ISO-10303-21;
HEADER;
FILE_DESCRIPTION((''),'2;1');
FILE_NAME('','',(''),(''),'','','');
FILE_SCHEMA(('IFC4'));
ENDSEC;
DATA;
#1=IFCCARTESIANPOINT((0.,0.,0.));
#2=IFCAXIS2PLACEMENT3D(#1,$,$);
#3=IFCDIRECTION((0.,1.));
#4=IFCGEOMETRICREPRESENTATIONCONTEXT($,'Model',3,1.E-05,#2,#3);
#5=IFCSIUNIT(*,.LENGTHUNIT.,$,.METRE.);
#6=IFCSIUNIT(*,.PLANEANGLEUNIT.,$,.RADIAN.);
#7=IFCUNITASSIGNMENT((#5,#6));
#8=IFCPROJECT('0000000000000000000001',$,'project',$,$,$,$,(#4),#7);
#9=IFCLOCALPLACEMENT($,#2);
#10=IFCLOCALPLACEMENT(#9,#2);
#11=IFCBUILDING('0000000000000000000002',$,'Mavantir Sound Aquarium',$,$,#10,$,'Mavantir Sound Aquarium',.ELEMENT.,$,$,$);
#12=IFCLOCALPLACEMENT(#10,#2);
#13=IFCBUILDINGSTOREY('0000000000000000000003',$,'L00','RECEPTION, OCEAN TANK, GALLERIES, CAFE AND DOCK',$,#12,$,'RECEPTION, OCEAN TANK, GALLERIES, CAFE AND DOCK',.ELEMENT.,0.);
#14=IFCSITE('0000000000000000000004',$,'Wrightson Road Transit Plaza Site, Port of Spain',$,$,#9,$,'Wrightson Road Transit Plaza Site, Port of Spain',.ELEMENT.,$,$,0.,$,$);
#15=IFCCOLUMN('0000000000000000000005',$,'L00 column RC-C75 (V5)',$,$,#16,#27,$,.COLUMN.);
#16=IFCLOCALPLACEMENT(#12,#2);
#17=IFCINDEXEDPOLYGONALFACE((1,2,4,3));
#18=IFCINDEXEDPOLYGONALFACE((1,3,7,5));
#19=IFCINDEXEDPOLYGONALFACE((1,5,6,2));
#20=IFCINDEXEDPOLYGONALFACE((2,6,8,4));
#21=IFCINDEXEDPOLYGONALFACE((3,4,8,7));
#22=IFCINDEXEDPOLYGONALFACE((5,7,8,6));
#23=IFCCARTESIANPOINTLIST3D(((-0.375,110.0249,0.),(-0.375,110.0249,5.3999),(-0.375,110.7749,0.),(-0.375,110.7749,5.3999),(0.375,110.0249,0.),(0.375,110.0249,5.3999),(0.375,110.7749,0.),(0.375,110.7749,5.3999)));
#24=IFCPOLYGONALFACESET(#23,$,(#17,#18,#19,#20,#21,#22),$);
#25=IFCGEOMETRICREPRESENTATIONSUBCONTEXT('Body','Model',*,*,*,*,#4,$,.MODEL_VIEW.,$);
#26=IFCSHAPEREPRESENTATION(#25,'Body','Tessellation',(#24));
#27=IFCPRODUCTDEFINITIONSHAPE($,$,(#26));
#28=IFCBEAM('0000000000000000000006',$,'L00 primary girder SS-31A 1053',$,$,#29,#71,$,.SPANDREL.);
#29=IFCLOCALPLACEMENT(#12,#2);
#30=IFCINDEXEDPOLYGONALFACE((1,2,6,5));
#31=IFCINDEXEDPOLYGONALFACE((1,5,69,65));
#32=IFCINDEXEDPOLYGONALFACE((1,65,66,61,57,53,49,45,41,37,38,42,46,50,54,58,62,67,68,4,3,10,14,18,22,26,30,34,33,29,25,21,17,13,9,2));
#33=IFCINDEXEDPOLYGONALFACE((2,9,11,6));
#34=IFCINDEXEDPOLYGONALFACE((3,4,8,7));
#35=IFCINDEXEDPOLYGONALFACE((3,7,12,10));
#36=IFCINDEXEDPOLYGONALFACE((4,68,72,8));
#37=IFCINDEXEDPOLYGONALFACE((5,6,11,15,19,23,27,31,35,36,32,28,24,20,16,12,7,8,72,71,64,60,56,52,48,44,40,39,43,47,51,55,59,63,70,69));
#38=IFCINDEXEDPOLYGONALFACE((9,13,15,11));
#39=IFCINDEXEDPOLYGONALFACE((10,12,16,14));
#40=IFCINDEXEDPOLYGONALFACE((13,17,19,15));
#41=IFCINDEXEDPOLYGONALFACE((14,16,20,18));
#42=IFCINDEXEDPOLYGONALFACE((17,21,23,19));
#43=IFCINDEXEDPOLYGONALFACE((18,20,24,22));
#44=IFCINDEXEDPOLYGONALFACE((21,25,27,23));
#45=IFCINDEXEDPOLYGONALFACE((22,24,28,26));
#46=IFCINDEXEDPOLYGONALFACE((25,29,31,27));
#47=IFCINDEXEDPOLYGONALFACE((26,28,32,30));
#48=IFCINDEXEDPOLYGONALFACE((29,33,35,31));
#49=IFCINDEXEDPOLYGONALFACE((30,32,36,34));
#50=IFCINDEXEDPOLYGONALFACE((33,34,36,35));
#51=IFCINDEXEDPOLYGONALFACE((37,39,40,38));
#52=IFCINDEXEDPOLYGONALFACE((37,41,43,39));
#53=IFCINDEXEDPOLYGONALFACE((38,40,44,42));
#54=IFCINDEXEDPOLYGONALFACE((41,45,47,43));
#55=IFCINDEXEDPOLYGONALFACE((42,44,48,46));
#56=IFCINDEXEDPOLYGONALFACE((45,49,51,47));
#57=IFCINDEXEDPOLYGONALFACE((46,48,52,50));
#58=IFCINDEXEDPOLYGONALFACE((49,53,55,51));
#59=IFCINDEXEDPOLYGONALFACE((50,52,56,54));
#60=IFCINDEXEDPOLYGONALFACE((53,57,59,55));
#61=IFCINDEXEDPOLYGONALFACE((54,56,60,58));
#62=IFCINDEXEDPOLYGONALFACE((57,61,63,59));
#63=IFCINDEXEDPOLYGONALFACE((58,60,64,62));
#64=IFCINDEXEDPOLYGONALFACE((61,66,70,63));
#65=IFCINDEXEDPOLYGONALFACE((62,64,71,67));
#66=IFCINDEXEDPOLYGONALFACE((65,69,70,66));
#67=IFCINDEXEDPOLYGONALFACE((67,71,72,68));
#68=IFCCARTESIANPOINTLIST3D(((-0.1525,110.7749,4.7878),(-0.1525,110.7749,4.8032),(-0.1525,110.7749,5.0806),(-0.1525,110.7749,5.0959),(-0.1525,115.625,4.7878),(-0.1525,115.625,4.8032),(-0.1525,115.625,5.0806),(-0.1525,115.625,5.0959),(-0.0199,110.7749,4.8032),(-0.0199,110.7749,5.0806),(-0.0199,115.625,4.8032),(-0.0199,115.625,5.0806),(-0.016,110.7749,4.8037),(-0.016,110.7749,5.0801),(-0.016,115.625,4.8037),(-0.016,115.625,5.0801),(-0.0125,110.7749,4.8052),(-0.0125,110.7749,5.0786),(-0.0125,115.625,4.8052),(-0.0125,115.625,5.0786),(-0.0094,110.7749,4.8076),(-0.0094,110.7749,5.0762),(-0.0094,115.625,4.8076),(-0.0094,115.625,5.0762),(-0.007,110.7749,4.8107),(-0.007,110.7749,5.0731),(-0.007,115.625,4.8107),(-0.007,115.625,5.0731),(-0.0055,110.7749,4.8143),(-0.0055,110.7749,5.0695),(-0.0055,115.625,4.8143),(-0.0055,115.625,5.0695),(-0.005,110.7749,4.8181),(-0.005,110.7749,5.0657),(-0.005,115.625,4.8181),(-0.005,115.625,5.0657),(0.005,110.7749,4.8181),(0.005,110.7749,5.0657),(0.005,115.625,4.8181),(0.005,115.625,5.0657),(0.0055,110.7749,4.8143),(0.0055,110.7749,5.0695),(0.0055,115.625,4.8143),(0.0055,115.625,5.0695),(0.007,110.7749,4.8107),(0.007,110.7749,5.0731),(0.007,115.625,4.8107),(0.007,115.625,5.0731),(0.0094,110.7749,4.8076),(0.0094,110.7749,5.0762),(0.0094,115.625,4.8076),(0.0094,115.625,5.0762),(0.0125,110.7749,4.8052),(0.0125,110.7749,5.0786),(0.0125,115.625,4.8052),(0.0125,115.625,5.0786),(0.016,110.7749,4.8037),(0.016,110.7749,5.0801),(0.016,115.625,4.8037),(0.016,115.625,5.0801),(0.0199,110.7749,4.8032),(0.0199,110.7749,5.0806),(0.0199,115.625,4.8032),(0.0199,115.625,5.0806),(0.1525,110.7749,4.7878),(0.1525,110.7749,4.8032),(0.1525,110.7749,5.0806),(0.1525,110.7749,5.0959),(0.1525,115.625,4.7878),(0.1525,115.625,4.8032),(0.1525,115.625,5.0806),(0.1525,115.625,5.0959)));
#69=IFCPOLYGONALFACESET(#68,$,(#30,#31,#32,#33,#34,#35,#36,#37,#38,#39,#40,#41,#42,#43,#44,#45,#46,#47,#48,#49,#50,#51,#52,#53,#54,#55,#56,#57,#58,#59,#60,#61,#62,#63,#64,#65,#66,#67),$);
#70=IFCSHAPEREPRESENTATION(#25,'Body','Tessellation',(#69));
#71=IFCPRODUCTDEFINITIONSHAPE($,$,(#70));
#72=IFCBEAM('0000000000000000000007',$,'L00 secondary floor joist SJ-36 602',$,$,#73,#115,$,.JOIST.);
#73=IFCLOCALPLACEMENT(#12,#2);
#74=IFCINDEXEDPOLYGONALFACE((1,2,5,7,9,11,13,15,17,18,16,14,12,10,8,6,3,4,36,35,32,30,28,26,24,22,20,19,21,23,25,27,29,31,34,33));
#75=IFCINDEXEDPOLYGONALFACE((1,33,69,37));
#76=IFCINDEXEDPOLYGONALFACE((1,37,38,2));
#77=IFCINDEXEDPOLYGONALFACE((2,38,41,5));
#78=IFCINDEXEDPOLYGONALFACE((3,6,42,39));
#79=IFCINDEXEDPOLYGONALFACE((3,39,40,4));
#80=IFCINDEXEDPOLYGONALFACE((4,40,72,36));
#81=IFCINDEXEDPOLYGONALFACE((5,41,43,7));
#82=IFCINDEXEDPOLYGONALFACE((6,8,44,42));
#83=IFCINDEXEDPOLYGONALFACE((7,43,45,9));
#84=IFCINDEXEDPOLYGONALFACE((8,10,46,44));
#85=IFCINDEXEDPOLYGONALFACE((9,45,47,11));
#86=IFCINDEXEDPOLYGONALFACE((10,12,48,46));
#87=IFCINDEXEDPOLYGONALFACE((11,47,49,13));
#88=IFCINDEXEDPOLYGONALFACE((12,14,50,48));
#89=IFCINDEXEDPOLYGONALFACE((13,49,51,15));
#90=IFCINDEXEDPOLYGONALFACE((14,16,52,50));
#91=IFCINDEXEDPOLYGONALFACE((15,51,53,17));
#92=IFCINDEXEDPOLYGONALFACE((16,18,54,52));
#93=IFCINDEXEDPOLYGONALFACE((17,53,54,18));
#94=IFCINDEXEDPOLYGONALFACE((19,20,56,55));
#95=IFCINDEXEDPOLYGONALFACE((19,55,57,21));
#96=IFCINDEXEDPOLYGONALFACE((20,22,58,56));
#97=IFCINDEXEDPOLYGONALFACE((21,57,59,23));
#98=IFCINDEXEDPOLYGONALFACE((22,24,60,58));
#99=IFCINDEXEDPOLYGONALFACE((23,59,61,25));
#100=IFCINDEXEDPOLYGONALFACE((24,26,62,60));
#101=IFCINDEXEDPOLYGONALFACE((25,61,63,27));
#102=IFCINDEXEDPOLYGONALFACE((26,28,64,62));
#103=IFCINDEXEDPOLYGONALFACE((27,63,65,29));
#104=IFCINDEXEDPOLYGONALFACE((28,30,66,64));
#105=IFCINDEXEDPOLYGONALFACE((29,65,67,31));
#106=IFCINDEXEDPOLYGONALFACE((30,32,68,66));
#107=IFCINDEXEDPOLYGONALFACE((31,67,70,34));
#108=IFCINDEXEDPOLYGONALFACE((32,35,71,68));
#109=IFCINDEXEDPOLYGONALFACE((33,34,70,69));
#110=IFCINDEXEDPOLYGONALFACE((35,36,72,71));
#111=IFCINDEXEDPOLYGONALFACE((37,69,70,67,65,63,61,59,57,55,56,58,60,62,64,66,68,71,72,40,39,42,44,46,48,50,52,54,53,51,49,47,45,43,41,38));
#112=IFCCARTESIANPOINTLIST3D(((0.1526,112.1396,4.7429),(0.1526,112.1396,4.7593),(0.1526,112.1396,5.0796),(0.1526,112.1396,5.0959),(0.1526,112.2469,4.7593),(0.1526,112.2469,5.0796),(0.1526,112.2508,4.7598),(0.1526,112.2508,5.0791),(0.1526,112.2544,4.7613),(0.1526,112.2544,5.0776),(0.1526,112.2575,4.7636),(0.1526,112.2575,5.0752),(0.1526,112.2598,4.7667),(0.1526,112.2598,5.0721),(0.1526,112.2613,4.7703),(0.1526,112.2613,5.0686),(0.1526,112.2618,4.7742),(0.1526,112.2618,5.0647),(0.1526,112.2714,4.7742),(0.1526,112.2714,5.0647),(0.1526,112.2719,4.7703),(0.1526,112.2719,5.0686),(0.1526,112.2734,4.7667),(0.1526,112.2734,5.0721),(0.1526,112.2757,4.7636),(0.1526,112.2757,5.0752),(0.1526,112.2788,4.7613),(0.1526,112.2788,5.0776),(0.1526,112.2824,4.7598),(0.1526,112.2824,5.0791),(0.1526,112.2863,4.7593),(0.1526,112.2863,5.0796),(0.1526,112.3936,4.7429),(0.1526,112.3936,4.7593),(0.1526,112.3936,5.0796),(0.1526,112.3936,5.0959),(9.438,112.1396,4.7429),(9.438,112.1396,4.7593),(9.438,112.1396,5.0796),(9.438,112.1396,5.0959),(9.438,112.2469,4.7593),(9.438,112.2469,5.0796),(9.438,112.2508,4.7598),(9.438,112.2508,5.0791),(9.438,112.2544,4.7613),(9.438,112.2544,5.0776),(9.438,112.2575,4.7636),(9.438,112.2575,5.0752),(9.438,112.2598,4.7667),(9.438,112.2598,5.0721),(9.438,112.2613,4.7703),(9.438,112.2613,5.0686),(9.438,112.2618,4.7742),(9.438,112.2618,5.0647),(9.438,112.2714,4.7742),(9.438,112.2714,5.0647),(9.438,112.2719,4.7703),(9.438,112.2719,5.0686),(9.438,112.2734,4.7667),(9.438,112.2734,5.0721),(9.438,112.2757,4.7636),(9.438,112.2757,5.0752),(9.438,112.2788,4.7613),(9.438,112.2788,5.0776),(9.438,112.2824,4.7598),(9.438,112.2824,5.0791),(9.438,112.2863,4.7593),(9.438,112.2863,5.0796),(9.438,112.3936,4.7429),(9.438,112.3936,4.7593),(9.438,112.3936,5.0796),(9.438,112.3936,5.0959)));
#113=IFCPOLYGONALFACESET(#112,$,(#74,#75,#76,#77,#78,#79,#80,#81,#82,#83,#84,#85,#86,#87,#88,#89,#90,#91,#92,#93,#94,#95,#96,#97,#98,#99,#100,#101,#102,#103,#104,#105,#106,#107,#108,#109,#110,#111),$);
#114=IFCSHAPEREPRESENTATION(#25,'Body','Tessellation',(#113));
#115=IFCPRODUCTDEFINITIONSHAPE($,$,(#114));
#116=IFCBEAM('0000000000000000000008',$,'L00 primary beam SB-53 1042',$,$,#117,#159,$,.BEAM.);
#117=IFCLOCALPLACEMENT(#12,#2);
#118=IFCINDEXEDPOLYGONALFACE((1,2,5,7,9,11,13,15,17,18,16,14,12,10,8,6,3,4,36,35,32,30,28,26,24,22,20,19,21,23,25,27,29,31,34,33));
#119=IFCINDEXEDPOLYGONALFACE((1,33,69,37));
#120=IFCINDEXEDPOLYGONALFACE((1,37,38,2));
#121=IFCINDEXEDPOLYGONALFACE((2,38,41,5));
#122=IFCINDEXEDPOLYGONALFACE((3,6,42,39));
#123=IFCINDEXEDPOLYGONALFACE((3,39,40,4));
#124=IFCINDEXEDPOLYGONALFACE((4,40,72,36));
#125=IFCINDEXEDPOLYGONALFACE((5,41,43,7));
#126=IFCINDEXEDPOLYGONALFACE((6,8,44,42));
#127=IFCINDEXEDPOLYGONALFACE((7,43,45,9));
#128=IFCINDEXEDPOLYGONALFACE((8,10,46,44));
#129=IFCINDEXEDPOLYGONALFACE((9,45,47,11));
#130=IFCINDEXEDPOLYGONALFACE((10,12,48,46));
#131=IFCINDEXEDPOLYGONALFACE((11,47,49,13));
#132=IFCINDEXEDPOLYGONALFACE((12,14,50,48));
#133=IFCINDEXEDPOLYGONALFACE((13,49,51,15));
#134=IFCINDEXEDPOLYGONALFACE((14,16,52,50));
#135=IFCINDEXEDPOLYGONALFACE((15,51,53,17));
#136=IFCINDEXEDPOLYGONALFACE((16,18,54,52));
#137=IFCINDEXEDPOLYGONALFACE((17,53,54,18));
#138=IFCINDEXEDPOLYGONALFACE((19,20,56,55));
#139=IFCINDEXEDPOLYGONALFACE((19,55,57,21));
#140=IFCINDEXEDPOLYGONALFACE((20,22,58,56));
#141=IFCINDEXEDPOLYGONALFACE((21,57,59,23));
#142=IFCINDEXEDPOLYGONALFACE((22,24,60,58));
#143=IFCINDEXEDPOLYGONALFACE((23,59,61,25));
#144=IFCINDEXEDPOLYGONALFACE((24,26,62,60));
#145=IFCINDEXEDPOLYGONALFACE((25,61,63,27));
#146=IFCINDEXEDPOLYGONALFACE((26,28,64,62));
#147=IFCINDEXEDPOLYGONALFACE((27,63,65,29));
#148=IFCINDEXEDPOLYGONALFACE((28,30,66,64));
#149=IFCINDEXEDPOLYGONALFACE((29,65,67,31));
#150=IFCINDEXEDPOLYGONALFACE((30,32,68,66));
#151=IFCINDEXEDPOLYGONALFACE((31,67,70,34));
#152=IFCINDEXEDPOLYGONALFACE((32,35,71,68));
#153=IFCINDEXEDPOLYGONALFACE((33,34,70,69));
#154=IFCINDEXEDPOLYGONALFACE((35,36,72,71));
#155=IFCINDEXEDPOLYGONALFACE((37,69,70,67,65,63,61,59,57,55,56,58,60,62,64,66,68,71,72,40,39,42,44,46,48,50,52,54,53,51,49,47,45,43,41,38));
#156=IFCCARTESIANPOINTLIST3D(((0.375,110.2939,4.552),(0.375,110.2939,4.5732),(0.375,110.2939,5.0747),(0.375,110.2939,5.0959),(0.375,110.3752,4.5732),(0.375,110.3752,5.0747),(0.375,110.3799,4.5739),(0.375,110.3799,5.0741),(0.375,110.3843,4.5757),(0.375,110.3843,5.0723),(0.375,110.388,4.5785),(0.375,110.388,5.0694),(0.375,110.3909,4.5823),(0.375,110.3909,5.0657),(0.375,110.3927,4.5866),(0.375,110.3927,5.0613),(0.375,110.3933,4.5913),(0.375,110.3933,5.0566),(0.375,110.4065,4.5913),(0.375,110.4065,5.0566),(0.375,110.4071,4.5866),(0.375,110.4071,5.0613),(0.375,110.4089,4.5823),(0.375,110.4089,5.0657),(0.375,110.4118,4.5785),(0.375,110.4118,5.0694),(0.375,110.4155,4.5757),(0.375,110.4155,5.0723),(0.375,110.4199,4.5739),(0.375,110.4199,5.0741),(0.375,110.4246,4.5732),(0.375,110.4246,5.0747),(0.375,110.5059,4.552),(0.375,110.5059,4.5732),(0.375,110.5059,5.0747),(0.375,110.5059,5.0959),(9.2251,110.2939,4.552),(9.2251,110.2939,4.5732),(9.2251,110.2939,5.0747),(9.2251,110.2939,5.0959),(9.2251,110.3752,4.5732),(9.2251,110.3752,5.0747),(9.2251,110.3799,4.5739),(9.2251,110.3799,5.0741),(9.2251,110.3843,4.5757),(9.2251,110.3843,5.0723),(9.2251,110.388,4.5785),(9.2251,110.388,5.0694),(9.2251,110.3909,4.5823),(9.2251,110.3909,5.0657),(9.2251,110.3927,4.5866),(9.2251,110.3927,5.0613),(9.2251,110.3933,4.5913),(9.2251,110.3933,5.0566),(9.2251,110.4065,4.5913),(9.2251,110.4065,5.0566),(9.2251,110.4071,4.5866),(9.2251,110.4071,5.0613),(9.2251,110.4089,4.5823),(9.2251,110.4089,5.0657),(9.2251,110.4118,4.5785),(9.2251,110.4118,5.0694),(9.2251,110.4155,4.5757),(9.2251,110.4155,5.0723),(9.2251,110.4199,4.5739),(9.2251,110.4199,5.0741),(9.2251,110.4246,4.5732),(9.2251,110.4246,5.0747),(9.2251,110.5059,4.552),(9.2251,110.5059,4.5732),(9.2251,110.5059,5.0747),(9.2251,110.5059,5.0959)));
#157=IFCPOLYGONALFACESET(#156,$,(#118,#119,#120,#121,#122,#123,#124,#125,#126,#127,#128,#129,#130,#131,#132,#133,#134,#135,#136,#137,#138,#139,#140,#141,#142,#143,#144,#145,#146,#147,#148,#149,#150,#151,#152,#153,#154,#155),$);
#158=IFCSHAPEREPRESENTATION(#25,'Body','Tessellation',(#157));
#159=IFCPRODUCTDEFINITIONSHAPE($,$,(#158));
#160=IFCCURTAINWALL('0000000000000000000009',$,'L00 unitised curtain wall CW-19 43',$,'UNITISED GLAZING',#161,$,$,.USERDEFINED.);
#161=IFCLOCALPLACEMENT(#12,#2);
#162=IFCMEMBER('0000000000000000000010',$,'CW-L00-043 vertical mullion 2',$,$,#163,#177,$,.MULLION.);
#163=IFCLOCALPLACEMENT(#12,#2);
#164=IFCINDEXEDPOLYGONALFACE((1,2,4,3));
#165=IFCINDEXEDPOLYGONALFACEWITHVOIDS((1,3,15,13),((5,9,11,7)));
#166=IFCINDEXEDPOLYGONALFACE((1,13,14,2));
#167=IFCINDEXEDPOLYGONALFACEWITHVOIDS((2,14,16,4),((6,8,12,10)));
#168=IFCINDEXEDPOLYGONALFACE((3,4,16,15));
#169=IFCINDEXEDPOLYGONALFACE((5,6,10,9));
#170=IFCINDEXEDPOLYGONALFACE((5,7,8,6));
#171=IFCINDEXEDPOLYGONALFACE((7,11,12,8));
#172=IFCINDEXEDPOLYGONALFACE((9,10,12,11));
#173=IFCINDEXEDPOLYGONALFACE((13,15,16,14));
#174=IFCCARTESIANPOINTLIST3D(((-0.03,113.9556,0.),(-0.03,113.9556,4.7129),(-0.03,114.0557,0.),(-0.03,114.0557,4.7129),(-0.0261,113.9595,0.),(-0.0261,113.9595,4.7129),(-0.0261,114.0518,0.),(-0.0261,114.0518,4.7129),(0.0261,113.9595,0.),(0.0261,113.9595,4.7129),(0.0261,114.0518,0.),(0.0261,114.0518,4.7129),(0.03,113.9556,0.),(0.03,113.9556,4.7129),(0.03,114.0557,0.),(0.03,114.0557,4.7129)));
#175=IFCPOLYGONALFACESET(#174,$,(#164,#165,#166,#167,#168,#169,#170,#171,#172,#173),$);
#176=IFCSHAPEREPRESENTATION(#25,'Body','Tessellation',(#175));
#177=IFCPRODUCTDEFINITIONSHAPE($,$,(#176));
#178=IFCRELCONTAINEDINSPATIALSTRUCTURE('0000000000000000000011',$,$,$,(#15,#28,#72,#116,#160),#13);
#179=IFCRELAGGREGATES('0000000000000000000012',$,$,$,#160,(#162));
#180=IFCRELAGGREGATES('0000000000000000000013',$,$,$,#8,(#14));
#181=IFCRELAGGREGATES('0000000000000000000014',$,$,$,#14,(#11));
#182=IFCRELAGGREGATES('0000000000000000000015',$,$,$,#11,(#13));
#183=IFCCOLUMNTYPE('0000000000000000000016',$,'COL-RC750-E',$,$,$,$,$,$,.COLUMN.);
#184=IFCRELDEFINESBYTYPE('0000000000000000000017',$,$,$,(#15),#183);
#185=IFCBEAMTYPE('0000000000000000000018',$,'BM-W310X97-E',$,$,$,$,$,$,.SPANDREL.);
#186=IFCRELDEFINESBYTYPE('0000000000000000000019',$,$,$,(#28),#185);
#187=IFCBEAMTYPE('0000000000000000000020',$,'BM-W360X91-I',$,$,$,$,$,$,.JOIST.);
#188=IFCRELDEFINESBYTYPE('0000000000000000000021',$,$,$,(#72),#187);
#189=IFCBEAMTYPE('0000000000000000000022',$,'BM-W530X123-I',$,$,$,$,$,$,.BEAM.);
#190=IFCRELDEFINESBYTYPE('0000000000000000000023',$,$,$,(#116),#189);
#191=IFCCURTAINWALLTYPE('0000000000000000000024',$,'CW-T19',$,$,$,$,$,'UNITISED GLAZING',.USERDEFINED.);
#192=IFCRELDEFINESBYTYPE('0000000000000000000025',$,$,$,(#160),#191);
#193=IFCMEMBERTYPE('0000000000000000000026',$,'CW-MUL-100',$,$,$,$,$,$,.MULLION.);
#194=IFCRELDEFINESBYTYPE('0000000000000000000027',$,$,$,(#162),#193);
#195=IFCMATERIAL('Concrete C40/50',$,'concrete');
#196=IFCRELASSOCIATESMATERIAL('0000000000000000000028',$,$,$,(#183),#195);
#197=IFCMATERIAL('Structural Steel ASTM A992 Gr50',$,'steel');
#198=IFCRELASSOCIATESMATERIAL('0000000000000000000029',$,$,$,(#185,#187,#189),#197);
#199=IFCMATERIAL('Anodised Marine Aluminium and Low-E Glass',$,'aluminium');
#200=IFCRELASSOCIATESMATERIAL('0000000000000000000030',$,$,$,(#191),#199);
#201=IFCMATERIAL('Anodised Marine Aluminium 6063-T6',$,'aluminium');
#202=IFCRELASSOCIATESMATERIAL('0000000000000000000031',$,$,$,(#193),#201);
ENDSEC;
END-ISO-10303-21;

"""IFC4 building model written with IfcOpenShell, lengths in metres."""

from ifc_helpers import new_model, si_unit, direction, frame, origin, origin_2d, place, context, subcontext, project, spatial, rectangle, hollow_rectangle, i_section, extrude, material, material_profile, profile_set, type_object, element, aggregate, save


model = new_model("IFC4")

# Units and contexts
model_context = context("Model", 3, precision=1e-05, world=origin(), true_north=direction((0.0, 1.0)))
body_context = subcontext(model_context, "Body", "Model", "MODEL_VIEW")
ifc_project = project(units=[si_unit("LENGTHUNIT", "METRE"), si_unit("PLANEANGLEUNIT", "RADIAN")], contexts=[model_context])

# Site, building, storey
site_placement = place(None, origin())
site = spatial("IfcSite", under=ifc_project, at=site_placement, Name="Wrightson Road Transit Plaza Site, Port of Spain", LongName="Wrightson Road Transit Plaza Site, Port of Spain", CompositionType="ELEMENT", RefElevation=0.0)
building_placement = place(site_placement, origin())
building = spatial("IfcBuilding", under=site, at=building_placement, Name="Mavantir Sound Aquarium", LongName="Mavantir Sound Aquarium", CompositionType="ELEMENT")
storey_placement = place(building_placement, origin())
storey = spatial("IfcBuildingStorey", under=building, at=storey_placement, Name="L00", Description="RECEPTION, OCEAN TANK, GALLERIES, CAFE AND DOCK", LongName="RECEPTION, OCEAN TANK, GALLERIES, CAFE AND DOCK", CompositionType="ELEMENT", Elevation=0.0)

# Column
ifc_material_1 = material(Name="Concrete C40/50", Category="concrete")
ifc_material_profile_1 = material_profile(ifc_material_1, rectangle(XDim=0.75, YDim=0.75, at=origin_2d()), Name="RC 750X750")
ifc_profile_set_1 = profile_set([ifc_material_profile_1], Name="Concrete C40/50")
column_type = type_object("IfcColumnType", Name="COL-RC750-E", PredefinedType="COLUMN", material=ifc_profile_set_1)
column_placement = place(storey_placement, frame((0.0, 110.3999, 0.0), z_axis=(0.0, 0.0, 1.0), x_axis=(1.0, 0.0, 0.0)))
element("IfcColumn", 1, at=column_placement, inside=storey, type_object=column_type, Name="L00 column RC-C75 (V5)", PredefinedType="COLUMN", context=body_context, shape_type="SweptSolid", body=[
    extrude(rectangle(XDim=0.75, YDim=0.75, at=origin_2d()), origin(), (0.0, 0.0, 1.0), 5.3999),
])

# Beams
ifc_material_2 = material(Name="Structural Steel ASTM A992 Gr50", Category="steel")
ifc_material_profile_2 = material_profile(ifc_material_2, i_section(OverallWidth=0.3049, OverallDepth=0.3081, WebThickness=0.01, FlangeThickness=0.0154, FilletRadius=0.0149, at=origin_2d()), Name="W310X97")
ifc_profile_set_2 = profile_set([ifc_material_profile_2], Name="Structural Steel ASTM A992 Gr50")
beam_type_1 = type_object("IfcBeamType", Name="BM-W310X97-E", PredefinedType="SPANDREL", material=ifc_profile_set_2)
beam_1_placement = place(storey_placement, frame((0.0, 110.7749, 4.9419), z_axis=(0.0, 1.0, 0.0), x_axis=(-1.0, 0.0, 0.0)))
element("IfcBeam", 2, at=beam_1_placement, inside=storey, type_object=beam_type_1, Name="L00 primary girder SS-31A 1053", PredefinedType="SPANDREL", context=body_context, shape_type="SweptSolid", body=[
    extrude(i_section(OverallWidth=0.3049, OverallDepth=0.3081, WebThickness=0.01, FlangeThickness=0.0154, FilletRadius=0.0149, at=origin_2d()), origin(), (0.0, 0.0, 1.0), 4.8501),
])
ifc_material_profile_3 = material_profile(ifc_material_2, i_section(OverallWidth=0.2539, OverallDepth=0.353, WebThickness=0.0095, FlangeThickness=0.0164, FilletRadius=0.0149, at=origin_2d()), Name="W360X91")
ifc_profile_set_3 = profile_set([ifc_material_profile_3], Name="Structural Steel ASTM A992 Gr50")
beam_type_2 = type_object("IfcBeamType", Name="BM-W360X91-I", PredefinedType="JOIST", material=ifc_profile_set_3)
beam_2_placement = place(storey_placement, frame((0.1526, 112.2666, 4.9194), z_axis=(1.0, 0.0, 0.0), x_axis=(0.0, 1.0, 0.0)))
element("IfcBeam", 3, at=beam_2_placement, inside=storey, type_object=beam_type_2, Name="L00 secondary floor joist SJ-36 602", PredefinedType="JOIST", context=body_context, shape_type="SweptSolid", body=[
    extrude(i_section(OverallWidth=0.2539, OverallDepth=0.353, WebThickness=0.0095, FlangeThickness=0.0164, FilletRadius=0.0149, at=origin_2d()), origin(), (0.0, 0.0, 1.0), 9.2854),
])
ifc_material_profile_4 = material_profile(ifc_material_2, i_section(OverallWidth=0.2119, OverallDepth=0.5439, WebThickness=0.0132, FlangeThickness=0.0212, FilletRadius=0.0181, at=origin_2d()), Name="W530X123")
ifc_profile_set_4 = profile_set([ifc_material_profile_4], Name="Structural Steel ASTM A992 Gr50")
beam_type_3 = type_object("IfcBeamType", Name="BM-W530X123-I", PredefinedType="BEAM", material=ifc_profile_set_4)
beam_3_placement = place(storey_placement, frame((0.375, 110.3999, 4.824), z_axis=(1.0, 0.0, 0.0), x_axis=(0.0, 1.0, 0.0)))
element("IfcBeam", 4, at=beam_3_placement, inside=storey, type_object=beam_type_3, Name="L00 primary beam SB-53 1042", PredefinedType="BEAM", context=body_context, shape_type="SweptSolid", body=[
    extrude(i_section(OverallWidth=0.2119, OverallDepth=0.5439, WebThickness=0.0132, FlangeThickness=0.0212, FilletRadius=0.0181, at=origin_2d()), origin(), (0.0, 0.0, 1.0), 8.8501),
])

# Curtain wall, member
ifc_material_3 = material(Name="Anodised Marine Aluminium and Low-E Glass", Category="aluminium")
curtain_wall_type_1 = type_object("IfcCurtainWallType", Name="CW-T19", ElementType="UNITISED GLAZING", PredefinedType="USERDEFINED", material=ifc_material_3)
curtain_wall_1_placement = place(storey_placement, origin())
curtain_wall_1 = element("IfcCurtainWall", 5, at=curtain_wall_1_placement, inside=storey, type_object=curtain_wall_type_1, Name="L00 unitised curtain wall CW-19 43", ObjectType="UNITISED GLAZING", PredefinedType="USERDEFINED")
ifc_material_4 = material(Name="Anodised Marine Aluminium 6063-T6", Category="aluminium")
ifc_material_profile_5 = material_profile(ifc_material_4, hollow_rectangle(XDim=0.0601, YDim=0.1001, WallThickness=0.0039, at=origin_2d()), Name="ALU-MULLION-100X60")
ifc_profile_set_5 = profile_set([ifc_material_profile_5], Name="Anodised Marine Aluminium 6063-T6")
member_type_1 = type_object("IfcMemberType", Name="CW-MUL-100", PredefinedType="MULLION", material=ifc_profile_set_5)
member_1_placement = place(storey_placement, frame((0.0, 114.0056, 0.0), z_axis=(0.0, 0.0, 1.0), x_axis=(1.0, 0.0, 0.0)))
member_1 = element("IfcMember", 6, at=member_1_placement, type_object=member_type_1, Name="CW-L00-043 vertical mullion 2", PredefinedType="MULLION", context=body_context, shape_type="SweptSolid", body=[
    extrude(hollow_rectangle(XDim=0.0601, YDim=0.1001, WallThickness=0.0039, at=origin_2d()), origin(), (0.0, 0.0, 1.0), 4.7129),
])

aggregate(curtain_wall_1, [member_1])

save(model, "model.ifc")
